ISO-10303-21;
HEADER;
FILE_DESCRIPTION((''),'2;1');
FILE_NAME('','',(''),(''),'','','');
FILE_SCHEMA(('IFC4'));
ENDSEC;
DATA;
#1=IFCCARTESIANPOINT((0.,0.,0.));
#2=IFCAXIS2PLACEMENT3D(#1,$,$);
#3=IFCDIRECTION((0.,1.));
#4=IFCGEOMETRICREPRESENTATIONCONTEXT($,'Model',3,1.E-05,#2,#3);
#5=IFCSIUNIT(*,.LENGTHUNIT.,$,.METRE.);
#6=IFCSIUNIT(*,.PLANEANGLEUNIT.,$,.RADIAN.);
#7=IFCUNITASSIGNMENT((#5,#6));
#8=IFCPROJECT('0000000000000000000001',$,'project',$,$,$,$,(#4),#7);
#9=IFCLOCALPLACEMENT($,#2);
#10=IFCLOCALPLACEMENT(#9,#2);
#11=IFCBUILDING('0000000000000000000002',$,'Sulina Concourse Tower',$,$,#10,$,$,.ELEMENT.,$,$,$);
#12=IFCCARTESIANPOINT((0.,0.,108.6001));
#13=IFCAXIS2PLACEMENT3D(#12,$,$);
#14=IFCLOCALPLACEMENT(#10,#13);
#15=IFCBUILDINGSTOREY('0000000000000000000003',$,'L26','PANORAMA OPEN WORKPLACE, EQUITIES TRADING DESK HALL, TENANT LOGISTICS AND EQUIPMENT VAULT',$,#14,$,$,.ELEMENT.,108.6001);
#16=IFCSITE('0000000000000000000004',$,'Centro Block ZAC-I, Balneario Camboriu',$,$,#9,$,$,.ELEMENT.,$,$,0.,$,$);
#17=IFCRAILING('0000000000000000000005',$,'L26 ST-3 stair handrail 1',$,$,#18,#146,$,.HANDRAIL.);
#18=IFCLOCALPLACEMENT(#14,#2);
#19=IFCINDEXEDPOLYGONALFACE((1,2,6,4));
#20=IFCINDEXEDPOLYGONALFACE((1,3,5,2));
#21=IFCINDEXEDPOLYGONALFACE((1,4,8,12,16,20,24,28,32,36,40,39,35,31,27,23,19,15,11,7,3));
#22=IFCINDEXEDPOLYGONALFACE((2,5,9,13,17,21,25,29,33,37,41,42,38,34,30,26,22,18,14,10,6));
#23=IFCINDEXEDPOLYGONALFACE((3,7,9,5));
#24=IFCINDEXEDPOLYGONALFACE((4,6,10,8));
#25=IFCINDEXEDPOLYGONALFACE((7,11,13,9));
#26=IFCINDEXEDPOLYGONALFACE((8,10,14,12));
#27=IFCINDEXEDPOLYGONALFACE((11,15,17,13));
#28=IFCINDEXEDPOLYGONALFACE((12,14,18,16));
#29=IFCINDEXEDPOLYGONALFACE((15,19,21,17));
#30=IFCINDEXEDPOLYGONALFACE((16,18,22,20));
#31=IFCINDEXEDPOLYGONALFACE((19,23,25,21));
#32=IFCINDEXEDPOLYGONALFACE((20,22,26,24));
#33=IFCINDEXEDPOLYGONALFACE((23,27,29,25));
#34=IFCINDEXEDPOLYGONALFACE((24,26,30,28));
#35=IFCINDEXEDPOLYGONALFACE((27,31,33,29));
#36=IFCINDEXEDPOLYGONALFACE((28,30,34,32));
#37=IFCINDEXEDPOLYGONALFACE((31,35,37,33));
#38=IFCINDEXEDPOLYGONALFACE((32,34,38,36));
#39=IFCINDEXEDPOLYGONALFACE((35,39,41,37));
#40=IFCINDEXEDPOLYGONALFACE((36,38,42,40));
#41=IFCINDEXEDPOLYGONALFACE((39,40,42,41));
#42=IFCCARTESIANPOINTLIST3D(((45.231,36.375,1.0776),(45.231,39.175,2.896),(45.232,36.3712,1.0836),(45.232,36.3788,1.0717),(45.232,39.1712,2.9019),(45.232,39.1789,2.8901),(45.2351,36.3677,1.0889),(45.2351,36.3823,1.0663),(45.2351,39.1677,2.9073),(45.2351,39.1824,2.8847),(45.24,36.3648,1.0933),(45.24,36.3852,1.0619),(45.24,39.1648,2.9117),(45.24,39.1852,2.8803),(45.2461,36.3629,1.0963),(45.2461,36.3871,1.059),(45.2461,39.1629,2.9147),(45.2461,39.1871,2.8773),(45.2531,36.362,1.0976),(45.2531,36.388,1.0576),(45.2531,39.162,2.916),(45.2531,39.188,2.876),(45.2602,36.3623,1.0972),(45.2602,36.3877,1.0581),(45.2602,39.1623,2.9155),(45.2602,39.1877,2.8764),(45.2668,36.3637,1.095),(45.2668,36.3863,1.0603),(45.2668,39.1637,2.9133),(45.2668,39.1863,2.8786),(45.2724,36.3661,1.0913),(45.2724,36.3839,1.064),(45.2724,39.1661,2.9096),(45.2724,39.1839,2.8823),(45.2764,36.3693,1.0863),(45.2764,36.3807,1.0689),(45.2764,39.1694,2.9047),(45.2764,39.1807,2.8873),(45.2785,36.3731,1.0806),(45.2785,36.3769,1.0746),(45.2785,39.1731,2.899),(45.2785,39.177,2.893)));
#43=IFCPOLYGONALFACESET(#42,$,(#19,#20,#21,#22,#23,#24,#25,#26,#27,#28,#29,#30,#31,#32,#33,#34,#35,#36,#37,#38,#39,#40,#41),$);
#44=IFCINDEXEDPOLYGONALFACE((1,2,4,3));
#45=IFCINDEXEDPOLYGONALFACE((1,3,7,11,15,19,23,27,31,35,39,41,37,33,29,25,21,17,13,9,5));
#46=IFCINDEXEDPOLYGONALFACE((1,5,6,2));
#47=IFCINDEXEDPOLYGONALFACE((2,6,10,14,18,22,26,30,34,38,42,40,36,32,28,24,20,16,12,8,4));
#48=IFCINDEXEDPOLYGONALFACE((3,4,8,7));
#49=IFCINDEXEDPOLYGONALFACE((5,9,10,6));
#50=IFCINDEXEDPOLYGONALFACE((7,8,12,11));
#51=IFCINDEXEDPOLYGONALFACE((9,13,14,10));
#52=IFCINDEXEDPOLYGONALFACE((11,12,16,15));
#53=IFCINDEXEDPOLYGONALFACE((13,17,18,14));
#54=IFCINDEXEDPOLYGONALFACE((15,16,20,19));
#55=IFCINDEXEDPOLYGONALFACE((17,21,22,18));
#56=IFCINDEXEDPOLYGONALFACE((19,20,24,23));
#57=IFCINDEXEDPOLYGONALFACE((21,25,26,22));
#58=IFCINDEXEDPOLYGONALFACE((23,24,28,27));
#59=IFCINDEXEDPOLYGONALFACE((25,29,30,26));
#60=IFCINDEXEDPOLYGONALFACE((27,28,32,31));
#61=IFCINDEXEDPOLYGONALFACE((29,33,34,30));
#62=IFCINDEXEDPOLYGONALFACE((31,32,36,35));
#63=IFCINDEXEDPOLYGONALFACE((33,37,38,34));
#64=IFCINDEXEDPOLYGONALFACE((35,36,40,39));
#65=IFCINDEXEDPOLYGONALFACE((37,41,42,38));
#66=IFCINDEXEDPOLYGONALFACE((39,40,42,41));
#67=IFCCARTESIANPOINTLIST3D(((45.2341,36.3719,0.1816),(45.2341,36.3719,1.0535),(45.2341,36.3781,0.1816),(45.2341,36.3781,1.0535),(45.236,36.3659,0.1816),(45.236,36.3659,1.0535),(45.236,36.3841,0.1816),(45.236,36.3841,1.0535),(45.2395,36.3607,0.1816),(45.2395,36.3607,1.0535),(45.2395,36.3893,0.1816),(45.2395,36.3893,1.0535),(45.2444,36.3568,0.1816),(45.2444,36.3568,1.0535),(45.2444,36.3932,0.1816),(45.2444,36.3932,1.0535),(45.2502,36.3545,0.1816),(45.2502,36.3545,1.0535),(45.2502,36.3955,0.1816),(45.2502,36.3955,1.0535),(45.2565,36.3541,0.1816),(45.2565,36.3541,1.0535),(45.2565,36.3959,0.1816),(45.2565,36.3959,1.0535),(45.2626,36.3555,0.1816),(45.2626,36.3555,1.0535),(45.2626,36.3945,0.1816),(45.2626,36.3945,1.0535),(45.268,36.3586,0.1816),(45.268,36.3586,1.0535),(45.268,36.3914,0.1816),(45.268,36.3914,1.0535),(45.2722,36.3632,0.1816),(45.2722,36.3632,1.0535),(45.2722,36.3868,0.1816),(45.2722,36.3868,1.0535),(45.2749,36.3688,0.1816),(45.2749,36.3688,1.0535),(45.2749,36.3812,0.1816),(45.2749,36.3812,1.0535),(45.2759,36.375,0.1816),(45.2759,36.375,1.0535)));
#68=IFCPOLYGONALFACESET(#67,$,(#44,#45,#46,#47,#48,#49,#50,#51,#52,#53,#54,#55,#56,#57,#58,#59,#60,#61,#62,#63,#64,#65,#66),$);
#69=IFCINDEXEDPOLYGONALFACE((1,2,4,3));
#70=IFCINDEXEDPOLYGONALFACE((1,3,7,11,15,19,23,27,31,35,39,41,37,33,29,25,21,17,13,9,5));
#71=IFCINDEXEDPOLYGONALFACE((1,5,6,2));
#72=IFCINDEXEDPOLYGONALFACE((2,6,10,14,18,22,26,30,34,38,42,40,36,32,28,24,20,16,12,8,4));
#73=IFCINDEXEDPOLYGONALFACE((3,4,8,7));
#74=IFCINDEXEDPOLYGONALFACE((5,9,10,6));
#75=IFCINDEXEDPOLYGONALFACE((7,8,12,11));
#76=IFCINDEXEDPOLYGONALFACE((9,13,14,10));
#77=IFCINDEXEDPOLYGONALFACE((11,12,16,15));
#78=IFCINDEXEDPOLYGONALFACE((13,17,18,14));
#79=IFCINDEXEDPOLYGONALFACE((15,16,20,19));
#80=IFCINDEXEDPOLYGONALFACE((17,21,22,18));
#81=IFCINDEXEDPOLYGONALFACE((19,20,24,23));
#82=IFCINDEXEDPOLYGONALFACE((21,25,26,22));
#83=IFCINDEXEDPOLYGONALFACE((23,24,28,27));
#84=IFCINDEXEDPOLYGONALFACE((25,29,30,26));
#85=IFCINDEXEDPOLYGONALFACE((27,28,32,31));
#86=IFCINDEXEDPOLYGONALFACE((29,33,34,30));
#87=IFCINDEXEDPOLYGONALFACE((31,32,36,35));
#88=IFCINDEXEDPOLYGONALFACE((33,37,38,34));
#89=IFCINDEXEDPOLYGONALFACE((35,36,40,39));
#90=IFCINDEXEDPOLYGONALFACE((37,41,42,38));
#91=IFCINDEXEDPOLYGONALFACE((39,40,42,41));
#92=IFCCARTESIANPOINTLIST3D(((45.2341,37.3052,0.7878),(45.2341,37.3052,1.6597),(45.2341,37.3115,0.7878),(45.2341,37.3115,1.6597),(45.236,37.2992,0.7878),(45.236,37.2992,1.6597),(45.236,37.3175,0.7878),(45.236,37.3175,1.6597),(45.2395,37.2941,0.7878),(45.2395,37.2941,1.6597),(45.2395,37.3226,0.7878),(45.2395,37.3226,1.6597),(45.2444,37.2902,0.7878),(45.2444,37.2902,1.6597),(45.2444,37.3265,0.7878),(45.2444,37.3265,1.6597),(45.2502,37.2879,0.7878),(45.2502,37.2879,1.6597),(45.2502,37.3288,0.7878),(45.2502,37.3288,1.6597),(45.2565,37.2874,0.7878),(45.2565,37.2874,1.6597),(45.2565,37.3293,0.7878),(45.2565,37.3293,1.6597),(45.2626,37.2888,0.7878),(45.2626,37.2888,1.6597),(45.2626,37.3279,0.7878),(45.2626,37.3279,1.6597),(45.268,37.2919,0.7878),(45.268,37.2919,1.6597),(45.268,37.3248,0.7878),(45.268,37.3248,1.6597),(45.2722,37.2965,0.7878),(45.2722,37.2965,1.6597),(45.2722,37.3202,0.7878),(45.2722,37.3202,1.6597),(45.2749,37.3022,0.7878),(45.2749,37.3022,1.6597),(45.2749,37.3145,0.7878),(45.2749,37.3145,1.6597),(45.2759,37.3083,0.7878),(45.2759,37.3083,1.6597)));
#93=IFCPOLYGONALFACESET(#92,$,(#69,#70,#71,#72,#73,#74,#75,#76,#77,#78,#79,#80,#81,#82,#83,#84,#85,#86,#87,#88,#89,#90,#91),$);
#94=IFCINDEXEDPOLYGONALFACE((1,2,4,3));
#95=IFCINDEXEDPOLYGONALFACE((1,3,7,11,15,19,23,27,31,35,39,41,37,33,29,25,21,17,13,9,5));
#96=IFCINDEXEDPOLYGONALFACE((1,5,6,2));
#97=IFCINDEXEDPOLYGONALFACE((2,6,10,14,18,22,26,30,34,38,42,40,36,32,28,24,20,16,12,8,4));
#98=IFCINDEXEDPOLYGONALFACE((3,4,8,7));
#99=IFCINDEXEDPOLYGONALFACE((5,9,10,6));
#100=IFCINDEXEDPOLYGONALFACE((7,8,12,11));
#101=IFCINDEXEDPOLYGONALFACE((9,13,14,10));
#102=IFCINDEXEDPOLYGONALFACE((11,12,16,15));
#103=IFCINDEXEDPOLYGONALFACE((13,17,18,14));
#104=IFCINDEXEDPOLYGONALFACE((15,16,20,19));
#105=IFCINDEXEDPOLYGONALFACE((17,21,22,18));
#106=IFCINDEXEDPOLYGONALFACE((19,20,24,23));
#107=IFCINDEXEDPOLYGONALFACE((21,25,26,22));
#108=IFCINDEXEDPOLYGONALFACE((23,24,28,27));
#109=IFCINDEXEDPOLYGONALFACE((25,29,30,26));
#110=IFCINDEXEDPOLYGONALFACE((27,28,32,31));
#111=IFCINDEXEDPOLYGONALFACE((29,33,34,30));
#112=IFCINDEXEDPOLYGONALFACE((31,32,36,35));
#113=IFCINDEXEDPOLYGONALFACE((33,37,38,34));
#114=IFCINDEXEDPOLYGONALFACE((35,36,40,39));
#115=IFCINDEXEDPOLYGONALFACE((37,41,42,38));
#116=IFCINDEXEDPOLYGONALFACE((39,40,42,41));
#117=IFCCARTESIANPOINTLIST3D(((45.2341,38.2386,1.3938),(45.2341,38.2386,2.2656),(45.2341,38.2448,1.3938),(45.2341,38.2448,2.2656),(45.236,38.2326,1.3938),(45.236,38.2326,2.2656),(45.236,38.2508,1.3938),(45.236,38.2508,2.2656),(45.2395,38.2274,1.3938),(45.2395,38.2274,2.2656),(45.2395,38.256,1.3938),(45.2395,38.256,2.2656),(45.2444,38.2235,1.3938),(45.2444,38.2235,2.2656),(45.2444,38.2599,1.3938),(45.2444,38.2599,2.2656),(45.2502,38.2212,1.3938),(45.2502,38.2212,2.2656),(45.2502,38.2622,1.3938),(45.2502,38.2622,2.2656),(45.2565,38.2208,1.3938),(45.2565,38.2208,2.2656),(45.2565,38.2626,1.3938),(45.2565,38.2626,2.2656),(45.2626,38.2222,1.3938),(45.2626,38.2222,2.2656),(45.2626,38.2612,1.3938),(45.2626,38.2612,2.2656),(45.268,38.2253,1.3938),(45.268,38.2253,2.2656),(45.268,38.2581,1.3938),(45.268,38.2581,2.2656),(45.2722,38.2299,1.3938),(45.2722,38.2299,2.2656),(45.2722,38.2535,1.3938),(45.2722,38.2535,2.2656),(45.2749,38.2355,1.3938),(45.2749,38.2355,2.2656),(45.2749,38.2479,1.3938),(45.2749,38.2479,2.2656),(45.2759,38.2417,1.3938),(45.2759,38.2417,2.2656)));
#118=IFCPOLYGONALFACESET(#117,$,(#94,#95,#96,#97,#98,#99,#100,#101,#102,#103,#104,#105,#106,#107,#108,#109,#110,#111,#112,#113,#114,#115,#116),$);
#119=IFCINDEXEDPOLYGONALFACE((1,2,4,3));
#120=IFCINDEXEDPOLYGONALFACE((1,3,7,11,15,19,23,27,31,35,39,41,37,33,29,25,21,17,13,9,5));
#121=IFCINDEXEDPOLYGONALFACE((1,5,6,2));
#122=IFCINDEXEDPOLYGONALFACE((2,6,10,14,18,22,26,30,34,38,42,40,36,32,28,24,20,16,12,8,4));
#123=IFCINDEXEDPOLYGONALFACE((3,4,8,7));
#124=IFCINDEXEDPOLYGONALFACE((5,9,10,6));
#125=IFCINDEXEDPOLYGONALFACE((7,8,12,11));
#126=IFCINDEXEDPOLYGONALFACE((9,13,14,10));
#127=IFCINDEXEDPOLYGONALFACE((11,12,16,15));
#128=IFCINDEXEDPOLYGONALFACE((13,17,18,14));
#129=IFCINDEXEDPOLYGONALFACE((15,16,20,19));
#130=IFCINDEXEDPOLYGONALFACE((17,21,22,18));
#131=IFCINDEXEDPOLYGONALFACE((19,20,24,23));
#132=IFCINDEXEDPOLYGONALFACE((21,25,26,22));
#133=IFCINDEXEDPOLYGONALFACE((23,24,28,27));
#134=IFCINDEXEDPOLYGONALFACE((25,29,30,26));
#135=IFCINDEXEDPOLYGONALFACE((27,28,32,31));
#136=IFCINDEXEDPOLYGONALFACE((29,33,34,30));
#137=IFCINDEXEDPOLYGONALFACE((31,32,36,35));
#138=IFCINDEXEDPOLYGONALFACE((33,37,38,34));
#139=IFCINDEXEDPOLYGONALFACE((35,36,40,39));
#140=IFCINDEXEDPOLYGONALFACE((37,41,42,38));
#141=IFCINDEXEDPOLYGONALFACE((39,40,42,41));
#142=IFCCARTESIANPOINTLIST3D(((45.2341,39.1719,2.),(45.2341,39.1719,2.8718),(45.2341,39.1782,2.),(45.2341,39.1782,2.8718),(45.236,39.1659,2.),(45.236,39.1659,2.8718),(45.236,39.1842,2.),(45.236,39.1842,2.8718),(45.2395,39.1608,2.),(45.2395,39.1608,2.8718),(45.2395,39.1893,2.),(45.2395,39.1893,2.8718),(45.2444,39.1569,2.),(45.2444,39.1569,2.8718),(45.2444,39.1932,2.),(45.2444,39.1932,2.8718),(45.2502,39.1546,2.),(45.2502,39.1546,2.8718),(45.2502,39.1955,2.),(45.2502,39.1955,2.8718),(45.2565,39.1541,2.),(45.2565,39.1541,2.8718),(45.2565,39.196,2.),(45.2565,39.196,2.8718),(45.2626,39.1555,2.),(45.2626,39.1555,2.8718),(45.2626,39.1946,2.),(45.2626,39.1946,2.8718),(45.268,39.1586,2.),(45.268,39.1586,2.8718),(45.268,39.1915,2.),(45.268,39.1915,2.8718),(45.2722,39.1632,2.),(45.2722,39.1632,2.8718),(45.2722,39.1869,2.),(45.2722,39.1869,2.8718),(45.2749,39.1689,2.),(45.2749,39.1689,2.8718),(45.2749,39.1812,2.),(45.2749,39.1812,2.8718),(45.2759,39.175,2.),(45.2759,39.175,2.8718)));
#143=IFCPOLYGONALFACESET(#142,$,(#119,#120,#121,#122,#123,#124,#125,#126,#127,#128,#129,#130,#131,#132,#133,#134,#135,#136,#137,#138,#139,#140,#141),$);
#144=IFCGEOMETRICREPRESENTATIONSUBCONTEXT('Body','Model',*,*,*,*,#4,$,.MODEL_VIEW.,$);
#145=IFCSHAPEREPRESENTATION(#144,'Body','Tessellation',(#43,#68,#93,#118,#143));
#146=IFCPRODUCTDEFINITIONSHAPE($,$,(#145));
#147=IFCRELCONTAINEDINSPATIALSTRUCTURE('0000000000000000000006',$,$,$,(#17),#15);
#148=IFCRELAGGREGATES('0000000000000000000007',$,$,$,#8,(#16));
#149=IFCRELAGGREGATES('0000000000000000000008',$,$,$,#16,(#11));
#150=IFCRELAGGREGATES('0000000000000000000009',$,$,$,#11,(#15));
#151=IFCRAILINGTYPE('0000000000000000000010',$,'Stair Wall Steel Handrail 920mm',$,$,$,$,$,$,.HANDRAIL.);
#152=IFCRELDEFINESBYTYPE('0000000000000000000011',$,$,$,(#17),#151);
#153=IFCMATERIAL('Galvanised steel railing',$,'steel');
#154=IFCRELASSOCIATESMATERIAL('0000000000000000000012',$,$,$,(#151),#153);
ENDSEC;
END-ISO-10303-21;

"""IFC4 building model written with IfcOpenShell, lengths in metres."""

from ifc_helpers import new_model, si_unit, direction, frame, origin, origin_2d, place, context, subcontext, project, spatial, circle, extrude, material, type_object, element, save


model = new_model("IFC4")

# Units and contexts
model_context = context("Model", 3, precision=1e-05, world=origin(), true_north=direction((0.0, 1.0)))
body_context = subcontext(model_context, "Body", "Model", "MODEL_VIEW")
ifc_project = project(units=[si_unit("LENGTHUNIT", "METRE"), si_unit("PLANEANGLEUNIT", "RADIAN")], contexts=[model_context])

# Site, building, storey
site_placement = place(None, origin())
site = spatial("IfcSite", under=ifc_project, at=site_placement, Name="Centro Block ZAC-I, Balneario Camboriu", CompositionType="ELEMENT", RefElevation=0.0)
building_placement = place(site_placement, origin())
building = spatial("IfcBuilding", under=site, at=building_placement, Name="Sulina Concourse Tower", CompositionType="ELEMENT")
storey_placement = place(building_placement, frame((0.0, 0.0, 108.6001)))
storey = spatial("IfcBuildingStorey", under=building, at=storey_placement, Name="L26", Description="PANORAMA OPEN WORKPLACE, EQUITIES TRADING DESK HALL, TENANT LOGISTICS AND EQUIPMENT VAULT", CompositionType="ELEMENT", Elevation=108.6001)

# Railing
ifc_material_1 = material(Name="Galvanised steel railing", Category="steel")
railing_type_1 = type_object("IfcRailingType", Name="Stair Wall Steel Handrail 920mm", PredefinedType="HANDRAIL", material=ifc_material_1)
railing_1_placement = place(storey_placement, frame((45.2549, 36.375, 0.1816)))
element("IfcRailing", 1, at=railing_1_placement, inside=storey, type_object=railing_type_1, Name="L26 ST-3 stair handrail 1", PredefinedType="HANDRAIL", context=body_context, shape_type="SweptSolid", body=[
    extrude(circle(Radius=0.0239, at=origin_2d()), frame((0.0, 0.0, 0.896), z_axis=(0.0, 0.838672, 0.544636), x_axis=(-1.0, 0.0, 0.0)), (0.0, 0.0, 1.0), 3.3386),
    extrude(circle(Radius=0.021, at=origin_2d()), origin(), (0.0, 0.0, 1.0), 0.8718),
    extrude(circle(Radius=0.021, at=origin_2d()), frame((0.0, 0.9333, 0.6062)), (0.0, 0.0, 1.0), 0.8718),
    extrude(circle(Radius=0.021, at=origin_2d()), frame((0.0, 1.8667, 1.2122)), (0.0, 0.0, 1.0), 0.8718),
    extrude(circle(Radius=0.021, at=origin_2d()), frame((0.0, 2.8, 1.8184)), (0.0, 0.0, 1.0), 0.8718),
])

save(model, "model.ifc")
